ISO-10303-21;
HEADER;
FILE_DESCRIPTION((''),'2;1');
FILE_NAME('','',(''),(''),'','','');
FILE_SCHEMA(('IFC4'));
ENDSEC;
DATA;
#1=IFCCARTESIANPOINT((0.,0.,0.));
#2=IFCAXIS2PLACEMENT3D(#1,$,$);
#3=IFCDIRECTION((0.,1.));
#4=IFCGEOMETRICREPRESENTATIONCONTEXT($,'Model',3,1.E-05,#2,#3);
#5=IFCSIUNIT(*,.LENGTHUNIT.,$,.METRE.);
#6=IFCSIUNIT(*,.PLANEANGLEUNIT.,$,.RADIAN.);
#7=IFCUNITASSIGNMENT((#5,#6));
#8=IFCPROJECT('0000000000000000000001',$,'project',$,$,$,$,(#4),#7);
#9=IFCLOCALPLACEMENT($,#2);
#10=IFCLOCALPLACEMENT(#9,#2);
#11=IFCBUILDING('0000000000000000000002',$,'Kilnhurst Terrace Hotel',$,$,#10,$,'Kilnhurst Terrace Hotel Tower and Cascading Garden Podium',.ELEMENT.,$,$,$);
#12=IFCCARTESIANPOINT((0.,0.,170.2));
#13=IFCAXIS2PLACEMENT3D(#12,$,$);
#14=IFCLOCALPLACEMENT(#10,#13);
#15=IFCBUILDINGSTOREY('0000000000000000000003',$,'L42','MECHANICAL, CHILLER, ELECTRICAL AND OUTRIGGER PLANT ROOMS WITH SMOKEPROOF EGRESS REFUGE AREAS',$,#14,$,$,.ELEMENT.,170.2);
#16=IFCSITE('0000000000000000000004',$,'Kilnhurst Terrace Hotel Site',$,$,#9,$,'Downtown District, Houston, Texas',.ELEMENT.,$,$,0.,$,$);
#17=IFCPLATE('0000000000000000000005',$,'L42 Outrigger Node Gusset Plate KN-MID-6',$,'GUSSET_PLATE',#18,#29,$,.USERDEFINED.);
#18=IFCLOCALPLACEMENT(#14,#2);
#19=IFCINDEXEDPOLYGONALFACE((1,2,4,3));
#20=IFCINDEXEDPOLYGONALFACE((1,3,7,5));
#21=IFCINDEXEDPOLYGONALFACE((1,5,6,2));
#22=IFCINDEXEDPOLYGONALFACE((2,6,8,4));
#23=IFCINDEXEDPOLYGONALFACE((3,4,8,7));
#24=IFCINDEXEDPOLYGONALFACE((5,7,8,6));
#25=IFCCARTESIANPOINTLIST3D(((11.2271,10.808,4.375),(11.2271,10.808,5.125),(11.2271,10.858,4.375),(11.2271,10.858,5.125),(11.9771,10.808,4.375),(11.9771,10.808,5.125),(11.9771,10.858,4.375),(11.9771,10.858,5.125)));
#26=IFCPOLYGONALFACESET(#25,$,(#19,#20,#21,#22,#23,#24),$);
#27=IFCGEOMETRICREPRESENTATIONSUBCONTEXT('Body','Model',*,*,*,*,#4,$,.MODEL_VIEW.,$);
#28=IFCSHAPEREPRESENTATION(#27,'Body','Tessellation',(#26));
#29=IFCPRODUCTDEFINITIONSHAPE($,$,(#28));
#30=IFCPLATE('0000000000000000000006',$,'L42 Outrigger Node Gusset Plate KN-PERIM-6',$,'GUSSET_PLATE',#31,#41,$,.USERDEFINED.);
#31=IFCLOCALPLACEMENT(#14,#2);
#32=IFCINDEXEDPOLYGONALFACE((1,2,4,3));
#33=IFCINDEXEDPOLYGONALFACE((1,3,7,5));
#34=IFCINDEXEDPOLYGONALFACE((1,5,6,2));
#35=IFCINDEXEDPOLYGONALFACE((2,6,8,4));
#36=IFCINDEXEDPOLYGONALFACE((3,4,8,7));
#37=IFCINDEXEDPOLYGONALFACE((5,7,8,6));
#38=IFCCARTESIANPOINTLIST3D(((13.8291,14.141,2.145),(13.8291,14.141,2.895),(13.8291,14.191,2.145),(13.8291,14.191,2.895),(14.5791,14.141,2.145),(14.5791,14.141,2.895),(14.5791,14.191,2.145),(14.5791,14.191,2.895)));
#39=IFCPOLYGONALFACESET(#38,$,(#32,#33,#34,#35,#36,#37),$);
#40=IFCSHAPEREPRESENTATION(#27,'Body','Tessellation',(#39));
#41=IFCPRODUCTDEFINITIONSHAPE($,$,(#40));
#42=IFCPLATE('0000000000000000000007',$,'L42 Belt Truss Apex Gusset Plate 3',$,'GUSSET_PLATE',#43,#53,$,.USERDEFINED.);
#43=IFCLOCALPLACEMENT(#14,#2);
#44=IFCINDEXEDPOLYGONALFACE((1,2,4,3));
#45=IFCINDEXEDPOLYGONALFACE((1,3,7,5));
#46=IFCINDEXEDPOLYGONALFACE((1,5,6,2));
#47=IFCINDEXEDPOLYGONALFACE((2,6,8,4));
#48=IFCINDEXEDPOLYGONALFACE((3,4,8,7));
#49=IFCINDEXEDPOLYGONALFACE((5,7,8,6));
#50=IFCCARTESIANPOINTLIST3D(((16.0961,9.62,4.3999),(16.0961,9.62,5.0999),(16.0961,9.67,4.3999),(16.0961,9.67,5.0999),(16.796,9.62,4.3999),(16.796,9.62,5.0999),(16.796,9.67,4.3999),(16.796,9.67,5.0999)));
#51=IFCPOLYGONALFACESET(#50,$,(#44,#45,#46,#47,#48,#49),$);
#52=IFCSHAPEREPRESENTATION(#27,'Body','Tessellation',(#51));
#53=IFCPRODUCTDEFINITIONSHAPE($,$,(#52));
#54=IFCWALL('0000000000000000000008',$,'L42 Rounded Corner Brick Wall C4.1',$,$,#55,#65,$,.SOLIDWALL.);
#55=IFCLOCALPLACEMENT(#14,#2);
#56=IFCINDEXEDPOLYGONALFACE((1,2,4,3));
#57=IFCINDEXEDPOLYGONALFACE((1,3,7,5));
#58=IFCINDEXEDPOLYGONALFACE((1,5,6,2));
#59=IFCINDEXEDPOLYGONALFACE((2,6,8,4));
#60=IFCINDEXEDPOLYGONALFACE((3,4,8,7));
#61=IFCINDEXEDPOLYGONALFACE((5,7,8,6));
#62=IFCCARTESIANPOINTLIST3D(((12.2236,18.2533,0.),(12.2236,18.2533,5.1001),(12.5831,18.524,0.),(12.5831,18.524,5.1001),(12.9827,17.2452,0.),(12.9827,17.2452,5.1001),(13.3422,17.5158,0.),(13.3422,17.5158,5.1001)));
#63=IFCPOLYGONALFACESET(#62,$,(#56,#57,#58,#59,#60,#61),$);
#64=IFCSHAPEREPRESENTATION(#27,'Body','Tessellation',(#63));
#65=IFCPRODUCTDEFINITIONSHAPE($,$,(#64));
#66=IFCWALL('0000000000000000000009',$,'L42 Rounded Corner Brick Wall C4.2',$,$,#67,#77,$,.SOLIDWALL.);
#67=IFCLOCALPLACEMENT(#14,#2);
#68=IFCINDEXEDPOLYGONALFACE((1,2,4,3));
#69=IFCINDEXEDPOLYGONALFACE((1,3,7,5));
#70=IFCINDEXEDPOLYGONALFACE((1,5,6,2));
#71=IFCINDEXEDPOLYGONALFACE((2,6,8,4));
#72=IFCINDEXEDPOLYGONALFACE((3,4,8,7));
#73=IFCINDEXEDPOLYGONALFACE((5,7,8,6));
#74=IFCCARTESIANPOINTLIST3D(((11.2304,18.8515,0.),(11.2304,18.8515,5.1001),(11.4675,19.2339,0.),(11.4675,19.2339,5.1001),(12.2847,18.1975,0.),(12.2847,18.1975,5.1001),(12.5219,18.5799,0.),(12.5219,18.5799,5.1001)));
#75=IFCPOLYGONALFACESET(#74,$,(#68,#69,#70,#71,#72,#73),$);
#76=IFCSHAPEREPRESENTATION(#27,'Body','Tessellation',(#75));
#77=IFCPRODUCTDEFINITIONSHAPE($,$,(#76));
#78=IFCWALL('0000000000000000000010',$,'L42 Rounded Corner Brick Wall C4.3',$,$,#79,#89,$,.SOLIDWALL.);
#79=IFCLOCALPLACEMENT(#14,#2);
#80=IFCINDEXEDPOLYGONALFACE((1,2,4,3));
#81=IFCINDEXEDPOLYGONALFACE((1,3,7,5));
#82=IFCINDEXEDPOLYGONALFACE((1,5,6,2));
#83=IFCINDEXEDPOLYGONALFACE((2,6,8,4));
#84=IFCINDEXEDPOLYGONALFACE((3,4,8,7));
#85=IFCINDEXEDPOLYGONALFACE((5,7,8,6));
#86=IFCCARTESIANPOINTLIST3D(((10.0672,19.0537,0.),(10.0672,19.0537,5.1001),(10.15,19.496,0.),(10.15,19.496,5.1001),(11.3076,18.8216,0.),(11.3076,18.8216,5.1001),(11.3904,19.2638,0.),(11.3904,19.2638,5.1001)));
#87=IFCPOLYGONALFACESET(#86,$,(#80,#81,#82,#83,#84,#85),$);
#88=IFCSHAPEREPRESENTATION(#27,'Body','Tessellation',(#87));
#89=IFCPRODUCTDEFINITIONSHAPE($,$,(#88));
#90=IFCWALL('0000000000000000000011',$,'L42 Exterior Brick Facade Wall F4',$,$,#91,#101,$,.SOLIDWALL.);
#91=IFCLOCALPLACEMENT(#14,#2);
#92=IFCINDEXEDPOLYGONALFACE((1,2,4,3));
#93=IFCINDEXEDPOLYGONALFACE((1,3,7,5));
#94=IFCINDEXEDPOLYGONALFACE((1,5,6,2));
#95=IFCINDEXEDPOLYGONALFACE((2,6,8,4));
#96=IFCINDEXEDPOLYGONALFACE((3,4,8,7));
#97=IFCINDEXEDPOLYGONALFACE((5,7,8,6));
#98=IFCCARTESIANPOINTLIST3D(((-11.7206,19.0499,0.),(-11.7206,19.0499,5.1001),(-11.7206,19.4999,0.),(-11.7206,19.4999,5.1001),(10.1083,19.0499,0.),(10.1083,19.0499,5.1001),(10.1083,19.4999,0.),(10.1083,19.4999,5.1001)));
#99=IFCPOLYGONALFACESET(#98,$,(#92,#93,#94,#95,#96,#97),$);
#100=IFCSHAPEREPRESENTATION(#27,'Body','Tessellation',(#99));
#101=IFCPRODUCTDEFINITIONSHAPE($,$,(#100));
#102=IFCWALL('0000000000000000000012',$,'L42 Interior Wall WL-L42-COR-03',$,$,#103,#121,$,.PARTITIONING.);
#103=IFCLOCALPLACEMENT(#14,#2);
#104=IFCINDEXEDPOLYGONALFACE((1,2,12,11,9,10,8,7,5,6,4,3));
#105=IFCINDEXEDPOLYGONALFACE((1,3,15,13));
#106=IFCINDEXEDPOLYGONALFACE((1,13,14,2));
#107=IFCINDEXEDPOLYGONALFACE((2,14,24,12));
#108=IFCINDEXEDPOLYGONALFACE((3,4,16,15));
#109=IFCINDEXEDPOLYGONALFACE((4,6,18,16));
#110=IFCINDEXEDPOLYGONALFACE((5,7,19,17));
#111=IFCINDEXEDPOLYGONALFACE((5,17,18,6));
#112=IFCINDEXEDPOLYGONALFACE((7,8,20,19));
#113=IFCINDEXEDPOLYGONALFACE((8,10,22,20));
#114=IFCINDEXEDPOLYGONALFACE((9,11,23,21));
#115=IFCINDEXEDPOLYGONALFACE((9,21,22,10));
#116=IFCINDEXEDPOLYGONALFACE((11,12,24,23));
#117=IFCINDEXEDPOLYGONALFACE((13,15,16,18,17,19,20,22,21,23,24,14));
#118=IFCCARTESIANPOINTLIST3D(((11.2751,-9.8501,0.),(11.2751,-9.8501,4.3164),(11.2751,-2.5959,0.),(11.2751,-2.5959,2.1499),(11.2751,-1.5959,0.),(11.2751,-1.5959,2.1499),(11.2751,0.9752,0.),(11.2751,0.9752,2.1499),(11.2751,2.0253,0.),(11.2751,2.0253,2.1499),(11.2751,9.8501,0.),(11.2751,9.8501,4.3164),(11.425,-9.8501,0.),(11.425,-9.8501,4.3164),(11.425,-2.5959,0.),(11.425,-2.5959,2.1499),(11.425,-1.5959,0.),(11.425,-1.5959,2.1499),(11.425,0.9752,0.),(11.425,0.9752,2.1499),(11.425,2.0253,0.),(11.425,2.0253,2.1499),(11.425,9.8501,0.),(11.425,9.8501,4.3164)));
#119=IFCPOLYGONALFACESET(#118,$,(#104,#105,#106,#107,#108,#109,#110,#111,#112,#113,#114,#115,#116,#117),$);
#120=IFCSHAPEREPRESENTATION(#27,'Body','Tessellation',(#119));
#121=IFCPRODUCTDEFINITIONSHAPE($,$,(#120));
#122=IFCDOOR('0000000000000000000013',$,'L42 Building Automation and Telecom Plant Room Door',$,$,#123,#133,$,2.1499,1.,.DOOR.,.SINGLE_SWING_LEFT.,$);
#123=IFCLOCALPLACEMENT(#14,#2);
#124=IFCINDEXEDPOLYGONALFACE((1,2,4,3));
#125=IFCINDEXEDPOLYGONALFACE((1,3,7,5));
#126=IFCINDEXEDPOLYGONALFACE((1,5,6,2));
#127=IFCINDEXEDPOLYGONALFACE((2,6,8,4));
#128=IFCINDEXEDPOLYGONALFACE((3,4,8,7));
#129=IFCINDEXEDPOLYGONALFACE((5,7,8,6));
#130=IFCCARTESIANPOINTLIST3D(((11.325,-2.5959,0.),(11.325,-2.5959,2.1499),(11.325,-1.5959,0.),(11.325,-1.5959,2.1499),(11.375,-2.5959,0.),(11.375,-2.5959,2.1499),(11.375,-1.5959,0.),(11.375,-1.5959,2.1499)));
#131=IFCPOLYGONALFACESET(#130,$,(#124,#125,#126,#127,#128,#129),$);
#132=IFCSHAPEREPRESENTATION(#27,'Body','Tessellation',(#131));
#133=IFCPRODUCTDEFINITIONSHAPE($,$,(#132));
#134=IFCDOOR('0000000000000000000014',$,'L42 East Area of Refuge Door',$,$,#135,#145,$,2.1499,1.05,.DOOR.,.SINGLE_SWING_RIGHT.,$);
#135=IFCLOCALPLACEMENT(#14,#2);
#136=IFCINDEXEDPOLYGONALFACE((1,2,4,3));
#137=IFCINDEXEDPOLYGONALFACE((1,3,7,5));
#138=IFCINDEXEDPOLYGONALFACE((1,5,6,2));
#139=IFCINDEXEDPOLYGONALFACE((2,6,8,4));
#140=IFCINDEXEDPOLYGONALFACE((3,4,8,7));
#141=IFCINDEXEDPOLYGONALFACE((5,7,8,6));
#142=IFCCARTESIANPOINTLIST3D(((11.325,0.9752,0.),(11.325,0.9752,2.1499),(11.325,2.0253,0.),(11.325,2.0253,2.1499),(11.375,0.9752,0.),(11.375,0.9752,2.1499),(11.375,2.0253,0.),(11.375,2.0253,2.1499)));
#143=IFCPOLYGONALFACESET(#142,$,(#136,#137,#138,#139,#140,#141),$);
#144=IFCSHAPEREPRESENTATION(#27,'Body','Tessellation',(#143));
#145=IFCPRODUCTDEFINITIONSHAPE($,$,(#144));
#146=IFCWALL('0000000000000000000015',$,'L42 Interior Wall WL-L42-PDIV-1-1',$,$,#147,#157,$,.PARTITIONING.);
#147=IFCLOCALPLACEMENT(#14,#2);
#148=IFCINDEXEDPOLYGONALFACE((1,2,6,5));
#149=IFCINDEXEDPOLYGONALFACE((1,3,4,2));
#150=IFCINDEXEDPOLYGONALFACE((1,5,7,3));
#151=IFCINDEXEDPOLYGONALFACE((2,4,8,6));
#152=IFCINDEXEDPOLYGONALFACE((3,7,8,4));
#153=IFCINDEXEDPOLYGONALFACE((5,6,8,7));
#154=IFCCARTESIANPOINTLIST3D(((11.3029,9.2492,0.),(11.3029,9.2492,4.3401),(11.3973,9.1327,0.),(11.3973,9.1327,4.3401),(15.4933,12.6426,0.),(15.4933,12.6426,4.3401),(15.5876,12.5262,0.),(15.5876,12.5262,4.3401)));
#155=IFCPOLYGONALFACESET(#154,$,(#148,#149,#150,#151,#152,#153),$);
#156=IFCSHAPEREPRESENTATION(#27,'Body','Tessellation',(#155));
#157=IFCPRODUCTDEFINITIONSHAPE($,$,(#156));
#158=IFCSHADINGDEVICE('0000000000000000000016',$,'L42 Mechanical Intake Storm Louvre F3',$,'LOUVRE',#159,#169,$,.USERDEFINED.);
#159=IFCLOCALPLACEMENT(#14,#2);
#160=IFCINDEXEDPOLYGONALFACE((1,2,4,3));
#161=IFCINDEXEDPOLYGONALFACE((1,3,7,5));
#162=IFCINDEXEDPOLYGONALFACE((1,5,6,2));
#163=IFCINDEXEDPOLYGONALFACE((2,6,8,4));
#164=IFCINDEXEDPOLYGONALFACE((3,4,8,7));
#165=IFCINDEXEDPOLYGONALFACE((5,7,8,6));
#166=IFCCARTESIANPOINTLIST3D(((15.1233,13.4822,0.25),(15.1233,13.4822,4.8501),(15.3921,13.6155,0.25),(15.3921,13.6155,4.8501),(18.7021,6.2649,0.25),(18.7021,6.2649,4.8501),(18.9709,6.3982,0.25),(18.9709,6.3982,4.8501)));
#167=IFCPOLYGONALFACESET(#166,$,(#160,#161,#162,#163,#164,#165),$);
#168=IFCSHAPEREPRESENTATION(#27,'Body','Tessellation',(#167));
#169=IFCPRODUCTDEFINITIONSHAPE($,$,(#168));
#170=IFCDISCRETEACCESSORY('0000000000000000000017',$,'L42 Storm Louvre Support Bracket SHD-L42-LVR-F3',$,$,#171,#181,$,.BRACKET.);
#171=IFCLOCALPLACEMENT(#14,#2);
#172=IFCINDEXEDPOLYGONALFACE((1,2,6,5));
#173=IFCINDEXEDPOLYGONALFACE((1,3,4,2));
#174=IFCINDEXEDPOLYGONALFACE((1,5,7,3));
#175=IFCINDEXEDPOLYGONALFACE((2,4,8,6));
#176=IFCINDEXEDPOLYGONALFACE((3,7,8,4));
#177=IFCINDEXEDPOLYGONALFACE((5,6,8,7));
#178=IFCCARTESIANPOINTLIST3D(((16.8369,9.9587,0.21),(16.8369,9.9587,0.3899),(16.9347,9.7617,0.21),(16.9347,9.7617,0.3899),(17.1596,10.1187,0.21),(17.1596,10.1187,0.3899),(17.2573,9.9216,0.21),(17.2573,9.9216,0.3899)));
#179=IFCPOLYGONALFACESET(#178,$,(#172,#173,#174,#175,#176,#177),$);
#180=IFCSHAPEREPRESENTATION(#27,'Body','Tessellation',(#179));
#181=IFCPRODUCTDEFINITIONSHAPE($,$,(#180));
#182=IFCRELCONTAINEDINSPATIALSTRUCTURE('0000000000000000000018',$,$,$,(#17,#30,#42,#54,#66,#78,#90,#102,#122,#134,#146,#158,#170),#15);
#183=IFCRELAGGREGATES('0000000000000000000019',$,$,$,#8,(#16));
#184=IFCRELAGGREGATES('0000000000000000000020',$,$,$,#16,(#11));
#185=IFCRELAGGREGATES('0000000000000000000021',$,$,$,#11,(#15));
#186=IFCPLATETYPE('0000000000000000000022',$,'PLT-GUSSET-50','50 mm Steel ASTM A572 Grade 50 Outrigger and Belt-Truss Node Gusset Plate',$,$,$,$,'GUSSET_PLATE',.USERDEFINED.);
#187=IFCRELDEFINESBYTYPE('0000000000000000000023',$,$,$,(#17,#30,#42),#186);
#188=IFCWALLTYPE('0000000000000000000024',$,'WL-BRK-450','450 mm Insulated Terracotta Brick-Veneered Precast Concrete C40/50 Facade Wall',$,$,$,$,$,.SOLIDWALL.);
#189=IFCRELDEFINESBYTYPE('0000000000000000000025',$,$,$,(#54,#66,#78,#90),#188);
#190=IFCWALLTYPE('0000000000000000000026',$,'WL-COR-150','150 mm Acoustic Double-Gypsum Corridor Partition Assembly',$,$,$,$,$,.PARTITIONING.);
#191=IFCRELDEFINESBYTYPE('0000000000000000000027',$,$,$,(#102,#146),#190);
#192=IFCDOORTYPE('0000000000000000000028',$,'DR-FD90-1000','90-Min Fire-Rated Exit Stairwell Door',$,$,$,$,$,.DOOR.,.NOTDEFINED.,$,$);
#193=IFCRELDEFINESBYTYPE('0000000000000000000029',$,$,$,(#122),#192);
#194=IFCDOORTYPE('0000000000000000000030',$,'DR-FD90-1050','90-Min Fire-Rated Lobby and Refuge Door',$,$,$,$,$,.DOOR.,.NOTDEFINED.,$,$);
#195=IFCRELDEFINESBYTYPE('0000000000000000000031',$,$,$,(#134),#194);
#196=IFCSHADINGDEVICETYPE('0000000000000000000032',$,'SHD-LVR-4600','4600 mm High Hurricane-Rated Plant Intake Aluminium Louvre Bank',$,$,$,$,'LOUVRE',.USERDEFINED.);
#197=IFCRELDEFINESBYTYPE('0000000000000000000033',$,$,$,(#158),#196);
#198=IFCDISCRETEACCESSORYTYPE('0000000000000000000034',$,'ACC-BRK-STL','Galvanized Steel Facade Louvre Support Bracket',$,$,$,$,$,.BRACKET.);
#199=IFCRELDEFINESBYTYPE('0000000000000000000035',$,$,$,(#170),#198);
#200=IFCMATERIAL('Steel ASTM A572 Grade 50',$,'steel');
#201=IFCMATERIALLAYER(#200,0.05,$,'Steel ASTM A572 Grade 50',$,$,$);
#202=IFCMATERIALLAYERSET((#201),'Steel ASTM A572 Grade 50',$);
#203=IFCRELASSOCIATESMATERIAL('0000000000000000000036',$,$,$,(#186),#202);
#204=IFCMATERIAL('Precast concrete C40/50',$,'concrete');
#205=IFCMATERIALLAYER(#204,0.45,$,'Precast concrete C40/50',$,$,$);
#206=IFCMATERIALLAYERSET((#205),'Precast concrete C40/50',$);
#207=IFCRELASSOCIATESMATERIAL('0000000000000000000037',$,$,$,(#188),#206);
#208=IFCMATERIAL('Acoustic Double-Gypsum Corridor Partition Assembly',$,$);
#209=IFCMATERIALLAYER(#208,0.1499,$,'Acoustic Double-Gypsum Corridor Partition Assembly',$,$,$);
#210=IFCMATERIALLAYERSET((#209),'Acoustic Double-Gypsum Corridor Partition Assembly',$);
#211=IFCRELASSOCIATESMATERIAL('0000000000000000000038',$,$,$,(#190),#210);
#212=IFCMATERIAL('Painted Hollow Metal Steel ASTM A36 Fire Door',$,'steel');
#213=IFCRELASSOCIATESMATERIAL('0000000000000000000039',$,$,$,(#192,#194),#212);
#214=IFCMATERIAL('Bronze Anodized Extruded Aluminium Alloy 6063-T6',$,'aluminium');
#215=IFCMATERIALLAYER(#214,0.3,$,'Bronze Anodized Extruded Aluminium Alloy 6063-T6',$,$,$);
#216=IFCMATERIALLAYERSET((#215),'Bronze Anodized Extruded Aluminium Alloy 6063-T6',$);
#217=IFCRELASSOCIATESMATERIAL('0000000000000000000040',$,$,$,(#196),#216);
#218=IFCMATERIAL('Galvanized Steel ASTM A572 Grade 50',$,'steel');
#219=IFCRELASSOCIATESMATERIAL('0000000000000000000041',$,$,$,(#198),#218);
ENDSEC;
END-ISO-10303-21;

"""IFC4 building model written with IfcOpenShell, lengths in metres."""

from ifc_helpers import new_model, si_unit, direction, frame, frame_2d, origin, origin_2d, place, context, subcontext, project, spatial, rectangle, extrude, material, layer, layer_set, type_object, element, fill, save


model = new_model("IFC4")

# Units and contexts
model_context = context("Model", 3, precision=1e-05, world=origin(), true_north=direction((0.0, 1.0)))
body_context = subcontext(model_context, "Body", "Model", "MODEL_VIEW")
ifc_project = project(units=[si_unit("LENGTHUNIT", "METRE"), si_unit("PLANEANGLEUNIT", "RADIAN")], contexts=[model_context])

# Site, building, storey
site_placement = place(None, origin())
site = spatial("IfcSite", under=ifc_project, at=site_placement, Name="Kilnhurst Terrace Hotel Site", LongName="Downtown District, Houston, Texas", CompositionType="ELEMENT", RefElevation=0.0)
building_placement = place(site_placement, origin())
building = spatial("IfcBuilding", under=site, at=building_placement, Name="Kilnhurst Terrace Hotel", LongName="Kilnhurst Terrace Hotel Tower and Cascading Garden Podium", CompositionType="ELEMENT")
storey_placement = place(building_placement, frame((0.0, 0.0, 170.2)))
storey = spatial("IfcBuildingStorey", under=building, at=storey_placement, Name="L42", Description="MECHANICAL, CHILLER, ELECTRICAL AND OUTRIGGER PLANT ROOMS WITH SMOKEPROOF EGRESS REFUGE AREAS", CompositionType="ELEMENT", Elevation=170.2)

# Plates
ifc_material_1 = material(Name="Steel ASTM A572 Grade 50", Category="steel")
ifc_layer_1 = layer(ifc_material_1, 0.05, Name="Steel ASTM A572 Grade 50")
ifc_layer_set_1 = layer_set([ifc_layer_1], Name="Steel ASTM A572 Grade 50")
plate_type = type_object("IfcPlateType", Name="PLT-GUSSET-50", Description="50 mm Steel ASTM A572 Grade 50 Outrigger and Belt-Truss Node Gusset Plate", ElementType="GUSSET_PLATE", PredefinedType="USERDEFINED", material=ifc_layer_set_1)
for number, where, z_axis, x_axis, name in (
    (1, (11.6021, 10.833, 4.375), (0.0, 0.0, 1.0), (1.0, 0.0, 0.0), "L42 Outrigger Node Gusset Plate KN-MID-6"),
    (2, (14.2041, 14.166, 2.145), (0.0, 0.0, 1.0), (1.0, 0.0, 0.0), "L42 Outrigger Node Gusset Plate KN-PERIM-6"),
):
    element("IfcPlate", number, at=place(storey_placement, frame(where, z_axis=z_axis, x_axis=x_axis)), inside=storey, type_object=plate_type, Name=name, ObjectType="GUSSET_PLATE", PredefinedType="USERDEFINED", context=body_context, shape_type="SweptSolid", body=[
        extrude(rectangle(XDim=0.75, YDim=0.05, at=origin_2d()), origin(), (0.0, 0.0, 1.0), 0.75),
    ])
plate_placement = place(storey_placement, frame((16.446, 9.645, 4.3999), z_axis=(0.0, 0.0, 1.0), x_axis=(1.0, 0.0, 0.0)))
element("IfcPlate", 3, at=plate_placement, inside=storey, type_object=plate_type, Name="L42 Belt Truss Apex Gusset Plate 3", ObjectType="GUSSET_PLATE", PredefinedType="USERDEFINED", context=body_context, shape_type="SweptSolid", body=[
    extrude(rectangle(XDim=0.7, YDim=0.05, at=origin_2d()), origin(), (0.0, 0.0, 1.0), 0.7),
])

# Walls
ifc_material_2 = material(Name="Precast concrete C40/50", Category="concrete")
ifc_layer_2 = layer(ifc_material_2, 0.45, Name="Precast concrete C40/50")
ifc_layer_set_2 = layer_set([ifc_layer_2], Name="Precast concrete C40/50")
wall_type_1 = type_object("IfcWallType", Name="WL-BRK-450", Description="450 mm Insulated Terracotta Brick-Veneered Precast Concrete C40/50 Facade Wall", PredefinedType="SOLIDWALL", material=ifc_layer_set_2)
wall_1_placement = place(storey_placement, frame((13.1624, 17.3806, 0.0), z_axis=(0.0, 0.0, 1.0), x_axis=(-0.601516, 0.798861, 0.0)))
element("IfcWall", 4, at=wall_1_placement, inside=storey, type_object=wall_type_1, Name="L42 Rounded Corner Brick Wall C4.1", PredefinedType="SOLIDWALL", context=body_context, shape_type="SweptSolid", body=[
    extrude(rectangle(XDim=1.262, YDim=0.45, at=frame_2d((0.6309, 0.0))), origin(), (0.0, 0.0, 1.0), 5.1001),
])
wall_2_placement = place(storey_placement, frame((12.4033, 18.3887, 0.0), z_axis=(0.0, 0.0, 1.0), x_axis=(-0.849795, 0.527113, 0.0)))
element("IfcWall", 5, at=wall_2_placement, inside=storey, type_object=wall_type_1, Name="L42 Rounded Corner Brick Wall C4.2", PredefinedType="SOLIDWALL", context=body_context, shape_type="SweptSolid", body=[
    extrude(rectangle(XDim=1.2407, YDim=0.45, at=frame_2d((0.6204, 0.0))), origin(), (0.0, 0.0, 1.0), 5.1001),
])
wall_3_placement = place(storey_placement, frame((11.3489, 19.0427, 0.0), z_axis=(0.0, 0.0, 1.0), x_axis=(-0.982931, 0.183973, 0.0)))
element("IfcWall", 6, at=wall_3_placement, inside=storey, type_object=wall_type_1, Name="L42 Rounded Corner Brick Wall C4.3", PredefinedType="SOLIDWALL", context=body_context, shape_type="SweptSolid", body=[
    extrude(rectangle(XDim=1.262, YDim=0.45, at=frame_2d((0.6309, 0.0))), origin(), (0.0, 0.0, 1.0), 5.1001),
])
wall_4_placement = place(storey_placement, frame((10.1084, 19.2749, 0.0), z_axis=(0.0, 0.0, 1.0), x_axis=(-1.0, 0.0, 0.0)))
element("IfcWall", 7, at=wall_4_placement, inside=storey, type_object=wall_type_1, Name="L42 Exterior Brick Facade Wall F4", PredefinedType="SOLIDWALL", context=body_context, shape_type="SweptSolid", body=[
    extrude(rectangle(XDim=21.8289, YDim=0.45, at=frame_2d((10.9146, 0.0))), origin(), (0.0, 0.0, 1.0), 5.1001),
])

# Wall, openings, doors
ifc_material_3 = material(Name="Acoustic Double-Gypsum Corridor Partition Assembly")
ifc_layer_3 = layer(ifc_material_3, 0.1499, Name="Acoustic Double-Gypsum Corridor Partition Assembly")
ifc_layer_set_3 = layer_set([ifc_layer_3], Name="Acoustic Double-Gypsum Corridor Partition Assembly")
wall_type_2 = type_object("IfcWallType", Name="WL-COR-150", Description="150 mm Acoustic Double-Gypsum Corridor Partition Assembly", PredefinedType="PARTITIONING", material=ifc_layer_set_3)
wall_5_placement = place(storey_placement, frame((11.3501, 9.8501, 0.0), z_axis=(0.0, 0.0, 1.0), x_axis=(0.0, -1.0, 0.0)))
wall_5 = element("IfcWall", 8, at=wall_5_placement, inside=storey, type_object=wall_type_2, Name="L42 Interior Wall WL-L42-COR-03", PredefinedType="PARTITIONING", context=body_context, shape_type="SweptSolid", body=[
    extrude(rectangle(XDim=19.7002, YDim=0.1499, at=frame_2d((9.8501, 0.0))), origin(), (0.0, 0.0, 1.0), 4.3164),
])
opening_1_placement = place(wall_5_placement, frame((7.825, 0.0, 0.0)))
opening_1 = element("IfcOpeningElement", 9, at=opening_1_placement, cuts=wall_5, PredefinedType="OPENING", context=body_context, shape_type="SweptSolid", body=[
    extrude(rectangle(XDim=1.05, YDim=2.1499, at=frame_2d((0.5249, 1.075))), frame((0.0, 0.085, 0.0), z_axis=(0.0, -1.0, 0.0), x_axis=(1.0, 0.0, 0.0)), (0.0, 0.0, 1.0), 0.1699),
])
opening_2_placement = place(wall_5_placement, frame((11.446, 0.0, 0.0)))
opening_2 = element("IfcOpeningElement", 10, at=opening_2_placement, cuts=wall_5, PredefinedType="OPENING", context=body_context, shape_type="SweptSolid", body=[
    extrude(rectangle(XDim=1.0, YDim=2.1499, at=frame_2d((0.5, 1.075))), frame((0.0, 0.085, 0.0), z_axis=(0.0, -1.0, 0.0), x_axis=(1.0, 0.0, 0.0)), (0.0, 0.0, 1.0), 0.1699),
])
ifc_material_4 = material(Name="Painted Hollow Metal Steel ASTM A36 Fire Door", Category="steel")
door_type_1 = type_object("IfcDoorType", Name="DR-FD90-1000", Description="90-Min Fire-Rated Exit Stairwell Door", OperationType="NOTDEFINED", PredefinedType="DOOR", material=ifc_material_4)
door_1_placement = place(opening_2_placement, origin())
door_1 = element("IfcDoor", 11, at=door_1_placement, inside=storey, type_object=door_type_1, Name="L42 Building Automation and Telecom Plant Room Door", OperationType="SINGLE_SWING_LEFT", OverallHeight=2.1499, OverallWidth=1.0, PredefinedType="DOOR", context=body_context, shape_type="SweptSolid", body=[
    extrude(rectangle(XDim=1.0, YDim=2.1499, at=frame_2d((0.5, 1.075))), frame((0.0, 0.0249, 0.0), z_axis=(0.0, -1.0, 0.0), x_axis=(1.0, 0.0, 0.0)), (0.0, 0.0, 1.0), 0.05),
])
fill(opening_2, door_1)
door_type_2 = type_object("IfcDoorType", Name="DR-FD90-1050", Description="90-Min Fire-Rated Lobby and Refuge Door", OperationType="NOTDEFINED", PredefinedType="DOOR", material=ifc_material_4)
door_2_placement = place(opening_1_placement, origin())
door_2 = element("IfcDoor", 12, at=door_2_placement, inside=storey, type_object=door_type_2, Name="L42 East Area of Refuge Door", OperationType="SINGLE_SWING_RIGHT", OverallHeight=2.1499, OverallWidth=1.05, PredefinedType="DOOR", context=body_context, shape_type="SweptSolid", body=[
    extrude(rectangle(XDim=1.05, YDim=2.1499, at=frame_2d((0.5249, 1.075))), frame((0.0, 0.0249, 0.0), z_axis=(0.0, -1.0, 0.0), x_axis=(1.0, 0.0, 0.0)), (0.0, 0.0, 1.0), 0.05),
])
fill(opening_1, door_2)

# Wall
wall_6_placement = place(storey_placement, frame((11.3501, 9.1909, 0.0), z_axis=(0.0, 0.0, 1.0), x_axis=(0.777127, 0.629344, 0.0)))
element("IfcWall", 13, at=wall_6_placement, inside=storey, type_object=wall_type_2, Name="L42 Interior Wall WL-L42-PDIV-1-1", PredefinedType="PARTITIONING", context=body_context, shape_type="SweptSolid", body=[
    extrude(rectangle(XDim=5.3921, YDim=0.1499, at=frame_2d((2.696, 0.0))), origin(), (0.0, 0.0, 1.0), 4.3401),
])

# Shading device
ifc_material_5 = material(Name="Bronze Anodized Extruded Aluminium Alloy 6063-T6", Category="aluminium")
ifc_layer_4 = layer(ifc_material_5, 0.3, Name="Bronze Anodized Extruded Aluminium Alloy 6063-T6")
ifc_layer_set_4 = layer_set([ifc_layer_4], Name="Bronze Anodized Extruded Aluminium Alloy 6063-T6")
shading_device_type = type_object("IfcShadingDeviceType", Name="SHD-LVR-4600", Description="4600 mm High Hurricane-Rated Plant Intake Aluminium Louvre Bank", ElementType="LOUVRE", PredefinedType="USERDEFINED", material=ifc_layer_set_4)
shading_device_placement = place(storey_placement, frame((17.0471, 9.9402, 0.25), z_axis=(0.0, 0.0, 1.0), x_axis=(-0.444244, 0.895906, 0.0)))
element("IfcShadingDevice", 14, at=shading_device_placement, inside=storey, type_object=shading_device_type, Name="L42 Mechanical Intake Storm Louvre F3", ObjectType="LOUVRE", PredefinedType="USERDEFINED", context=body_context, shape_type="SweptSolid", body=[
    extrude(rectangle(XDim=8.0559, YDim=0.3, at=origin_2d()), origin(), (0.0, 0.0, 1.0), 4.6001),
])

# Discrete accessory
ifc_material_6 = material(Name="Galvanized Steel ASTM A572 Grade 50", Category="steel")
discrete_accessory_type = type_object("IfcDiscreteAccessoryType", Name="ACC-BRK-STL", Description="Galvanized Steel Facade Louvre Support Bracket", PredefinedType="BRACKET", material=ifc_material_6)
discrete_accessory_placement = place(storey_placement, frame((17.0471, 9.9402, 0.21), z_axis=(0.0, 0.0, 1.0), x_axis=(-0.444244, 0.895906, 0.0)))
element("IfcDiscreteAccessory", 15, at=discrete_accessory_placement, inside=storey, type_object=discrete_accessory_type, Name="L42 Storm Louvre Support Bracket SHD-L42-LVR-F3", PredefinedType="BRACKET", context=body_context, shape_type="SweptSolid", body=[
    extrude(rectangle(XDim=0.22, YDim=0.3601, at=origin_2d()), origin(), (0.0, 0.0, 1.0), 0.1799),
])

save(model, "model.ifc")
